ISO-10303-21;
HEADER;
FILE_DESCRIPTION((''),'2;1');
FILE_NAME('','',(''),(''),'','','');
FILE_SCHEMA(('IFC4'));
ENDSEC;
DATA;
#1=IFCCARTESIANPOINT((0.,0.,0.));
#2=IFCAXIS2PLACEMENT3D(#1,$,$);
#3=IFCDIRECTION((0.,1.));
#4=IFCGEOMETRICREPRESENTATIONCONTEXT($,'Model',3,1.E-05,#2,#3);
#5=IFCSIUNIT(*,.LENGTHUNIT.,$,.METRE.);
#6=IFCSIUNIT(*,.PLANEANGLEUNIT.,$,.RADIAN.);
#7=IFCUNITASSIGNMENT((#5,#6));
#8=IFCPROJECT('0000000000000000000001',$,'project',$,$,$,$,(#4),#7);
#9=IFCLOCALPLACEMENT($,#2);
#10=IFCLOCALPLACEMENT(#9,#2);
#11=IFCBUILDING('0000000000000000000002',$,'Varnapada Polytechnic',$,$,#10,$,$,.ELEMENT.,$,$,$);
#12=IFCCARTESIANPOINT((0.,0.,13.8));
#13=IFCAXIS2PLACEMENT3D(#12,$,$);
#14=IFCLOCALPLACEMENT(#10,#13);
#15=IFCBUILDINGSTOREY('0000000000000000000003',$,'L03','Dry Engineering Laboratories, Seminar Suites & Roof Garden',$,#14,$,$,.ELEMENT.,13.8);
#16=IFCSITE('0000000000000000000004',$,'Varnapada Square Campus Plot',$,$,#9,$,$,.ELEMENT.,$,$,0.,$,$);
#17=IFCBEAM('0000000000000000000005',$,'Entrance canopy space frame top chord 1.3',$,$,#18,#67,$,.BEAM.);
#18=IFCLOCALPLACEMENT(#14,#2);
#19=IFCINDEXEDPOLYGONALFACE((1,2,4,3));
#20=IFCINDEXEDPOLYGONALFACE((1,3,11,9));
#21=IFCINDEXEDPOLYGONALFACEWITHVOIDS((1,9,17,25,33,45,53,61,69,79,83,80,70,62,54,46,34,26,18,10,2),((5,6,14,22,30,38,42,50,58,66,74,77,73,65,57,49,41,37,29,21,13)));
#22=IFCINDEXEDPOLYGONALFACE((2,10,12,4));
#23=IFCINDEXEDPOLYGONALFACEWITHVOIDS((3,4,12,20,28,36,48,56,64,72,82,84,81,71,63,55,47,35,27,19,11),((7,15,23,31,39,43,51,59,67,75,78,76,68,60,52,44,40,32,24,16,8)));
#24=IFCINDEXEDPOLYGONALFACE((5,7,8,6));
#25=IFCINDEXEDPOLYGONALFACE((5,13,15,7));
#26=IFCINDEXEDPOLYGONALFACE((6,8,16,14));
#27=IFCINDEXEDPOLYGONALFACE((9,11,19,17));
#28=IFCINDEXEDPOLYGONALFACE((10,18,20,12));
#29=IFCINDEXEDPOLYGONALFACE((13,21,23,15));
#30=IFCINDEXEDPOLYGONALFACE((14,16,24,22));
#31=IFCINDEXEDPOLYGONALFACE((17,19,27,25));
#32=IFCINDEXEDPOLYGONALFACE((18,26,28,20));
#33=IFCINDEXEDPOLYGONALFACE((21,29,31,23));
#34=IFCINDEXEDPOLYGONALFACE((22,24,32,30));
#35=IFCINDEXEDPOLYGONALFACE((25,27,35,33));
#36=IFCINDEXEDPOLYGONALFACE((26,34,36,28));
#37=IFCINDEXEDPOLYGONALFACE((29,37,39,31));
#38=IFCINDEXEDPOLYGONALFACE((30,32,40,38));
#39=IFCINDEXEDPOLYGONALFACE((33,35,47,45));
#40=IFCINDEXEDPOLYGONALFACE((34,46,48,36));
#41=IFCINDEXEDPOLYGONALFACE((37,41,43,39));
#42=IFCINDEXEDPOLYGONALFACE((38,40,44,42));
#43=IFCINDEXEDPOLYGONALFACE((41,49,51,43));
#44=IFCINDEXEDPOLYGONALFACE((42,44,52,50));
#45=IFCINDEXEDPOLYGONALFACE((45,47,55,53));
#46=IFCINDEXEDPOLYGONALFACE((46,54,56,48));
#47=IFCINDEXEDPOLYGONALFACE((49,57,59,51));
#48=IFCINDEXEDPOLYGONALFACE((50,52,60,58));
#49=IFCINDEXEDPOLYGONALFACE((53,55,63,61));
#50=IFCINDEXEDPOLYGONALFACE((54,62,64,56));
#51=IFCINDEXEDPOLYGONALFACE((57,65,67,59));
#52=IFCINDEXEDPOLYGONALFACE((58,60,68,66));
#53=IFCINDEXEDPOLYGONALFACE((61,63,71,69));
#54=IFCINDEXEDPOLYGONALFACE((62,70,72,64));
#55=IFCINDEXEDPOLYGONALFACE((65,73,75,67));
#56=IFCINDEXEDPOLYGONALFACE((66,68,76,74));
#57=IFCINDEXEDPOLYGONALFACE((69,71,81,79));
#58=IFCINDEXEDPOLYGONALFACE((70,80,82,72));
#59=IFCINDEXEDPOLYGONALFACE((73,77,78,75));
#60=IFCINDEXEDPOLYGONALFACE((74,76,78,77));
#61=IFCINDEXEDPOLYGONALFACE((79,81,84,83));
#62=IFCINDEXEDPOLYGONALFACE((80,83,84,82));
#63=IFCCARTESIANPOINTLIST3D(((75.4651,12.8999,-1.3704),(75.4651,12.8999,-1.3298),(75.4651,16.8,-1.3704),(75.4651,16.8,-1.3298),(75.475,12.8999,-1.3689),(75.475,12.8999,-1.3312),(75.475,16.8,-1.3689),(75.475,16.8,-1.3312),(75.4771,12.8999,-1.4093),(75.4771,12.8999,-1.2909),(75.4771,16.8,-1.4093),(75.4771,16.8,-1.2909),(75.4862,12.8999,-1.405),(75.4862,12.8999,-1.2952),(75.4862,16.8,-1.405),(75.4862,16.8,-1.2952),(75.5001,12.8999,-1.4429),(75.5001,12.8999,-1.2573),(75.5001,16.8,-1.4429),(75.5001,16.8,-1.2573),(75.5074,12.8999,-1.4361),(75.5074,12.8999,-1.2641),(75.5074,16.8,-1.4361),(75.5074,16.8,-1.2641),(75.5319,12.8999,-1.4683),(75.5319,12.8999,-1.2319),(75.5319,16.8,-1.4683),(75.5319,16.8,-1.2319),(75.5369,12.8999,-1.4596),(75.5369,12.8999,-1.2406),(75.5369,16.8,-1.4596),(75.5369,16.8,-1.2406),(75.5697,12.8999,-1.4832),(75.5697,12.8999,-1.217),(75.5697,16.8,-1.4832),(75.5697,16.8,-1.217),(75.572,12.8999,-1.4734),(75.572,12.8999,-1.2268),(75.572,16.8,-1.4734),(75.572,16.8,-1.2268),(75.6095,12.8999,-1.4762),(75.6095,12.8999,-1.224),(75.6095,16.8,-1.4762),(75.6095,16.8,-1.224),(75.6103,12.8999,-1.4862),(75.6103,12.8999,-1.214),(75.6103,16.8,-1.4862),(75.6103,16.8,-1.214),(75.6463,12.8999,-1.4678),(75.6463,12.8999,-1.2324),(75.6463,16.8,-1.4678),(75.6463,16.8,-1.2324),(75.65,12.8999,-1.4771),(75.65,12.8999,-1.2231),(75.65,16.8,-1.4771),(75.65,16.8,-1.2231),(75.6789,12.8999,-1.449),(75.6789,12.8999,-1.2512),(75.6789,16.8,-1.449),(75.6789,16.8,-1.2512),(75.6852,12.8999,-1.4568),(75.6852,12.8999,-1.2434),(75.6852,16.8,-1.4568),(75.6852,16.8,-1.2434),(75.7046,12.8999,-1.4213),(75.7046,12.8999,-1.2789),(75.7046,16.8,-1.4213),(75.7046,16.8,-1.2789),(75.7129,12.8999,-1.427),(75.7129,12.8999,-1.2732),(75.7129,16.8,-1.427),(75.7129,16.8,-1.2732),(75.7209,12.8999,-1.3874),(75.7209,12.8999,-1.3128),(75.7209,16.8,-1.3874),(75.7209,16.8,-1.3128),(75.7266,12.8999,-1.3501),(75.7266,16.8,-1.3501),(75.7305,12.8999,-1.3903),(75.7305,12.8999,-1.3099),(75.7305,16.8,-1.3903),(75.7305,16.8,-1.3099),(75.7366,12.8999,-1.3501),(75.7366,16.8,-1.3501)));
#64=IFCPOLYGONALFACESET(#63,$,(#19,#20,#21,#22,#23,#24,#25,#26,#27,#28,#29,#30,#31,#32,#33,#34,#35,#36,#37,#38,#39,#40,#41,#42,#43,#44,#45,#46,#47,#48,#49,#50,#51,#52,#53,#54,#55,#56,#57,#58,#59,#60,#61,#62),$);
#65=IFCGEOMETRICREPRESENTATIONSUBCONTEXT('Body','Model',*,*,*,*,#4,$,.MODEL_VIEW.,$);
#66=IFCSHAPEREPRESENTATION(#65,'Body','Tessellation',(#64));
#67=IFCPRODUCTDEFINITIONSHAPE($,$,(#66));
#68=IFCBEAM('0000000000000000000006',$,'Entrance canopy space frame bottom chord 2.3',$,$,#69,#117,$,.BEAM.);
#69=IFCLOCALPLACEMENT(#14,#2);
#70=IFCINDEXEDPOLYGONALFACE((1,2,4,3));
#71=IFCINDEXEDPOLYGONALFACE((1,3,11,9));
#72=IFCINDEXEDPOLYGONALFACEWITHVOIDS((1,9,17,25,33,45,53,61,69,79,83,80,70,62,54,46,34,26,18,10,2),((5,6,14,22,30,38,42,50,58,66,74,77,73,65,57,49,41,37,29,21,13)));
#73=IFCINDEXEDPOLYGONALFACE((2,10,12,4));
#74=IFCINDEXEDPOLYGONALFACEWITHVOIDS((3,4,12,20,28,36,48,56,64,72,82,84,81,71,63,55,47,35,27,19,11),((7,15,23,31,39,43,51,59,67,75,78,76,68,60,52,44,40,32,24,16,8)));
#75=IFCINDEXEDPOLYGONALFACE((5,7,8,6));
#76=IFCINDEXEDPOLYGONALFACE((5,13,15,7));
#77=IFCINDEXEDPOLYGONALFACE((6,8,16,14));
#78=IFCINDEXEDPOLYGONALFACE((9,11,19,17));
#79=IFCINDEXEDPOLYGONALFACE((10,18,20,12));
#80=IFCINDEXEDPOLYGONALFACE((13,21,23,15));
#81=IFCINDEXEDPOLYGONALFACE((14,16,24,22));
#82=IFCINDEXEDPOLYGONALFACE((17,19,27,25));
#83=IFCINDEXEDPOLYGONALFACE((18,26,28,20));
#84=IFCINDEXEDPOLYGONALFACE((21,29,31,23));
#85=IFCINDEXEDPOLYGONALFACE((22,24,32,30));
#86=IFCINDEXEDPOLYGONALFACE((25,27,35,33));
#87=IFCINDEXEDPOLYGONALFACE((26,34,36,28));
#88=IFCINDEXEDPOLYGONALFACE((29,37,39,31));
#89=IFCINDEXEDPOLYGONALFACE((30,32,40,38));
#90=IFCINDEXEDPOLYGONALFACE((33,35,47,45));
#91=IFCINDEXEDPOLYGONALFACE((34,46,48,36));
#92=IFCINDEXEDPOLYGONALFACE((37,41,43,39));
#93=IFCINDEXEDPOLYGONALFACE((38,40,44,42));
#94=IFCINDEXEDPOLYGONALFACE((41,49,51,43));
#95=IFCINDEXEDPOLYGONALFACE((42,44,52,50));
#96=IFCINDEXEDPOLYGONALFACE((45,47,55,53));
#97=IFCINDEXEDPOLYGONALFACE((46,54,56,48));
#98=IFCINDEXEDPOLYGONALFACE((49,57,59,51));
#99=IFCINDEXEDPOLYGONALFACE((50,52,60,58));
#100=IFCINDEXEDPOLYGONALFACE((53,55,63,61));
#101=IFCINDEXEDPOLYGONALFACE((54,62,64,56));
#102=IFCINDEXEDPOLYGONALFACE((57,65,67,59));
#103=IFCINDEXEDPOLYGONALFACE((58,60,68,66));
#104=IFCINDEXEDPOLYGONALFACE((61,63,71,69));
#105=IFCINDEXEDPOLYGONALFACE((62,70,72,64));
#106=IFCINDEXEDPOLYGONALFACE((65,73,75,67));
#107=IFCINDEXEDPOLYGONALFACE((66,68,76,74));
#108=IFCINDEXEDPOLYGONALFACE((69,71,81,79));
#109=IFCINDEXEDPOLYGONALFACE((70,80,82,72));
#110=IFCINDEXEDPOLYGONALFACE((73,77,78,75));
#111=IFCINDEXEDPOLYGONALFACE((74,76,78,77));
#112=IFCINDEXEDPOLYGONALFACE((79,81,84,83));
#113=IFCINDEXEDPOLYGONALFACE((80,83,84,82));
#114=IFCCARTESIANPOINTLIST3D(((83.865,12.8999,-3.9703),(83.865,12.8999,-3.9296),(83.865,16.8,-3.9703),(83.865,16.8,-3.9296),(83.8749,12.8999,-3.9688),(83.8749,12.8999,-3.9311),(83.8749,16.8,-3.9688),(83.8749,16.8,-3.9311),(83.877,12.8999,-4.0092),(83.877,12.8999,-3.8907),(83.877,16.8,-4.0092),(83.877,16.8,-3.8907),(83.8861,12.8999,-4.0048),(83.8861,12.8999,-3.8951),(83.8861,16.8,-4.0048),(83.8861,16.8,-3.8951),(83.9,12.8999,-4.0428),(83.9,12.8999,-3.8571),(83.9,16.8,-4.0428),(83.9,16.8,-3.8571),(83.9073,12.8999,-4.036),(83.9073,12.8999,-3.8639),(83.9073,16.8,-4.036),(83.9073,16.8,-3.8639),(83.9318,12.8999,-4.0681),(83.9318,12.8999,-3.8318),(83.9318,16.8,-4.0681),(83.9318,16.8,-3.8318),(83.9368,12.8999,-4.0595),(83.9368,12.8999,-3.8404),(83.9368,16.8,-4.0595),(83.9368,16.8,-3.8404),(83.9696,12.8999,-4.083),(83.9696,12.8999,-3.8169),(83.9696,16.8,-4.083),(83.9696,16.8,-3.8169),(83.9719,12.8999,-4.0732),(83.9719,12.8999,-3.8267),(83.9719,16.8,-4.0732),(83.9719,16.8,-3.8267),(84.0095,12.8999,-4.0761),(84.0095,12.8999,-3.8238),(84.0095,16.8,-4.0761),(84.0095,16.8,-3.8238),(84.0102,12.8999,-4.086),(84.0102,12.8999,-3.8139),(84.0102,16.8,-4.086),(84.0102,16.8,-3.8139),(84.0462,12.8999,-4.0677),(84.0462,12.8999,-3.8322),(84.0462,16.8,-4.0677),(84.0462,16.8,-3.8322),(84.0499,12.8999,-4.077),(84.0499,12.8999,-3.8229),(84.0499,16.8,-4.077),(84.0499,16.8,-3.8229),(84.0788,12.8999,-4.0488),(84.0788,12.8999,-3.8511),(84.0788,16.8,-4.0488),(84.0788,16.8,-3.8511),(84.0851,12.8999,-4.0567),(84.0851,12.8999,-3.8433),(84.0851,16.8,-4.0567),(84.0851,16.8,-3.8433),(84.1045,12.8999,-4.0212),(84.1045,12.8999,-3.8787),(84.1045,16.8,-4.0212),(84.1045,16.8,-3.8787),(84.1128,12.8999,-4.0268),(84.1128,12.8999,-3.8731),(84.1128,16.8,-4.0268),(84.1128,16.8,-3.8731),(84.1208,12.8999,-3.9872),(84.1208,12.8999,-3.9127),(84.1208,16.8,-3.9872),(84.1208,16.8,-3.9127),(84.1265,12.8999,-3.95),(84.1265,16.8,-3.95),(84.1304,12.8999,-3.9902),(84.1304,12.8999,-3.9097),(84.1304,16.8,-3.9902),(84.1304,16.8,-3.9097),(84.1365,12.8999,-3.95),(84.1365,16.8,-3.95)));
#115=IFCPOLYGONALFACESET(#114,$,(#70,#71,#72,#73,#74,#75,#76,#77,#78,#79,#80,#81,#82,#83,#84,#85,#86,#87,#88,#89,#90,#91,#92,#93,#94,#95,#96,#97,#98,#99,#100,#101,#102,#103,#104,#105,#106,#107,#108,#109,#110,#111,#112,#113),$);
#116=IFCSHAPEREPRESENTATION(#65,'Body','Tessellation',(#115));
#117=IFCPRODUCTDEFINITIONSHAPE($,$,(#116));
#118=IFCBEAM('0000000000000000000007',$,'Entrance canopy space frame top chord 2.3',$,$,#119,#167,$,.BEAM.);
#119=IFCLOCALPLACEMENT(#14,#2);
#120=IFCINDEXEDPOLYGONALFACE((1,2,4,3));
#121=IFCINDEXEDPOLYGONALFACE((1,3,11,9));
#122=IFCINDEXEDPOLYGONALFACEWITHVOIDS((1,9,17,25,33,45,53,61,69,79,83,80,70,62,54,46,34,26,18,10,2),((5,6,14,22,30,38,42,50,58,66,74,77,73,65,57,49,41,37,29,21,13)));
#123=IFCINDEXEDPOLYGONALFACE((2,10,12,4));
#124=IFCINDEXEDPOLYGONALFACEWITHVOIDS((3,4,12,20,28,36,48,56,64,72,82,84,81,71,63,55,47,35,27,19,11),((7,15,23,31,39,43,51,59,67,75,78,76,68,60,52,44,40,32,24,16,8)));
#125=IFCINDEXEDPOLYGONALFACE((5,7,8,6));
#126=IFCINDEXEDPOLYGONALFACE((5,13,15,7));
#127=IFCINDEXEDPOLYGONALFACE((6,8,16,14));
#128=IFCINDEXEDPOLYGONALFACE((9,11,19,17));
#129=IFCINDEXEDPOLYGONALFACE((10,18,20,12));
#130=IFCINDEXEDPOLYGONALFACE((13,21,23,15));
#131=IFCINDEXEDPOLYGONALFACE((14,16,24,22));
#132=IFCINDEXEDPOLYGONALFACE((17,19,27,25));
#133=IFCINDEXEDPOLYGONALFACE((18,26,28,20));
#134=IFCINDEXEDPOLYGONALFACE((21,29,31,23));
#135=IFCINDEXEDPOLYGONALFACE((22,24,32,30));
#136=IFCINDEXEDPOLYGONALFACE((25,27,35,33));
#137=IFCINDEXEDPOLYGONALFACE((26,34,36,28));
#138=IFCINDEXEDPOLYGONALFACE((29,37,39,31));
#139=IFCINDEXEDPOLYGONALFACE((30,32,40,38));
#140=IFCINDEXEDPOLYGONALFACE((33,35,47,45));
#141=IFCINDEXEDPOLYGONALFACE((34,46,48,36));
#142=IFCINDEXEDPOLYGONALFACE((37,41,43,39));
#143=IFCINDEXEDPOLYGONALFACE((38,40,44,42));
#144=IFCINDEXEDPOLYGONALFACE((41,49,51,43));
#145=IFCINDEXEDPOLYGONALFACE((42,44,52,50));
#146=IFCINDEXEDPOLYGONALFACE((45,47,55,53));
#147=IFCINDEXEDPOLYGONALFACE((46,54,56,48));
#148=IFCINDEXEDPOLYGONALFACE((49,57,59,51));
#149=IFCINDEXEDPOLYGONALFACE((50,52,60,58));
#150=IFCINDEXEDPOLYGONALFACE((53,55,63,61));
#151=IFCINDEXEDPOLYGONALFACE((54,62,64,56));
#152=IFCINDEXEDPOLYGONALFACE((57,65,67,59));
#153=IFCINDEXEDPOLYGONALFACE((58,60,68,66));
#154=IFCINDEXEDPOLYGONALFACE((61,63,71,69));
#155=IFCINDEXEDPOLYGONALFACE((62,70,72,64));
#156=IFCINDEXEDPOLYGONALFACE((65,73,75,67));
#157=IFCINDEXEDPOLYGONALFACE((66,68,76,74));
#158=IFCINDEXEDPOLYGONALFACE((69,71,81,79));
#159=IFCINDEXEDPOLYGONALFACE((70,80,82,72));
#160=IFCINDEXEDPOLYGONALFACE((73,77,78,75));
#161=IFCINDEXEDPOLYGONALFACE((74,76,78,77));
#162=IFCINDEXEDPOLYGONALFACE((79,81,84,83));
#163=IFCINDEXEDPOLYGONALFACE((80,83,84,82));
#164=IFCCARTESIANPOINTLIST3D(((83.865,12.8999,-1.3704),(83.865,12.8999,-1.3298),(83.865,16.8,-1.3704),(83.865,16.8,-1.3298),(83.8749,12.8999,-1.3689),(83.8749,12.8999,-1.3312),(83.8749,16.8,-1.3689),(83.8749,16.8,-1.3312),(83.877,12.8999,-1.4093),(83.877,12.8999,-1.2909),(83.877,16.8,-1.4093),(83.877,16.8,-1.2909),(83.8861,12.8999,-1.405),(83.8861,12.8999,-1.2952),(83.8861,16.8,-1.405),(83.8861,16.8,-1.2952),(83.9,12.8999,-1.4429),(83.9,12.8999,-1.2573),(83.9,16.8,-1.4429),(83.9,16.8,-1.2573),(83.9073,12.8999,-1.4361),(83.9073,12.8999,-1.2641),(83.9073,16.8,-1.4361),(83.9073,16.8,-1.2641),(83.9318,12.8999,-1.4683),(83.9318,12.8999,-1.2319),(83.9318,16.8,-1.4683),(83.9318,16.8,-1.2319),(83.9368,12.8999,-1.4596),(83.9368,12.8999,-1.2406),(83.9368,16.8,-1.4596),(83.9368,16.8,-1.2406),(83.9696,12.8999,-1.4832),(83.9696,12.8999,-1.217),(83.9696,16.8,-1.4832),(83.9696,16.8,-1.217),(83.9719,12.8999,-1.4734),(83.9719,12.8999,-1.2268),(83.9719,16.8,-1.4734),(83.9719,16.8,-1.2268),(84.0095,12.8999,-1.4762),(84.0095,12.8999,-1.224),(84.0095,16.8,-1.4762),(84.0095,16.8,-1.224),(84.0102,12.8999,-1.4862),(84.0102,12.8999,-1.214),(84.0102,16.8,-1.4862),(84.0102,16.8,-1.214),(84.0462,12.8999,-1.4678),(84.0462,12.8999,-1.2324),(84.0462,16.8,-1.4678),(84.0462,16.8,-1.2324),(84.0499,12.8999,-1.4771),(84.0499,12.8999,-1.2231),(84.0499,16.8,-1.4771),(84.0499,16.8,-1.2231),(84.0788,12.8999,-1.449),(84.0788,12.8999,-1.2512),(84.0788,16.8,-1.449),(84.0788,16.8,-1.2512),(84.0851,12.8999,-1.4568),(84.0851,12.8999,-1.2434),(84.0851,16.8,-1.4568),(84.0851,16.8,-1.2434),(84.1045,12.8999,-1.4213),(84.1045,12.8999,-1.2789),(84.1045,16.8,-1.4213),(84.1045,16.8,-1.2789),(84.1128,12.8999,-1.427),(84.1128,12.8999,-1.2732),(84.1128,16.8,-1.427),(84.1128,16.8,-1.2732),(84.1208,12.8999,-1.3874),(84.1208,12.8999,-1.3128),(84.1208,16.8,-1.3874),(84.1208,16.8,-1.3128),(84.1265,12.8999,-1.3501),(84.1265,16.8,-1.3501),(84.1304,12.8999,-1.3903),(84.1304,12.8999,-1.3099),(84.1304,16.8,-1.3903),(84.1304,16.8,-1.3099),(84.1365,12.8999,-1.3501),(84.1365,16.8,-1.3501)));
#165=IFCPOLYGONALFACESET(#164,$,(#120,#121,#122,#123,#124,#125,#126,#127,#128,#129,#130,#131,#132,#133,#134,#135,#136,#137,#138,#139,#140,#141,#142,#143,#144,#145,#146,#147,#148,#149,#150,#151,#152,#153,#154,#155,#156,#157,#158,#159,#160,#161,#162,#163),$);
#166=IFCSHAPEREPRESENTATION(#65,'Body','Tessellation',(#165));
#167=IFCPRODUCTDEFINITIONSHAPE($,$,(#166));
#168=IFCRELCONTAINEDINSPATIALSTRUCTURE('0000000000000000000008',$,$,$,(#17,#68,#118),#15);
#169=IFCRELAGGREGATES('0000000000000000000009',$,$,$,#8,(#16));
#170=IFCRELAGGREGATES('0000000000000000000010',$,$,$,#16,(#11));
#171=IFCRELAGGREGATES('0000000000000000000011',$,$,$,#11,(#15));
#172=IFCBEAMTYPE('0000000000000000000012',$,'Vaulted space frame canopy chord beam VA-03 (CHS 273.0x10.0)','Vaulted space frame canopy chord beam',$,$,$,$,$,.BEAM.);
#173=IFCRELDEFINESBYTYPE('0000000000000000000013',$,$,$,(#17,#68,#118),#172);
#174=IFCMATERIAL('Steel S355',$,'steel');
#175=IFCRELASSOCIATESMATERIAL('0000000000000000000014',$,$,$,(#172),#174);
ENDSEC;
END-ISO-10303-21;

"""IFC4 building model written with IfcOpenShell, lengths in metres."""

from ifc_helpers import new_model, si_unit, direction, frame, origin, origin_2d, place, context, subcontext, project, spatial, hollow_circle, extrude, material, material_profile, profile_set, type_object, element, save


model = new_model("IFC4")

# Units and contexts
model_context = context("Model", 3, precision=1e-05, world=origin(), true_north=direction((0.0, 1.0)))
body_context = subcontext(model_context, "Body", "Model", "MODEL_VIEW")
ifc_project = project(units=[si_unit("LENGTHUNIT", "METRE"), si_unit("PLANEANGLEUNIT", "RADIAN")], contexts=[model_context])

# Site, building, storey
site_placement = place(None, origin())
site = spatial("IfcSite", under=ifc_project, at=site_placement, Name="Varnapada Square Campus Plot", CompositionType="ELEMENT", RefElevation=0.0)
building_placement = place(site_placement, origin())
building = spatial("IfcBuilding", under=site, at=building_placement, Name="Varnapada Polytechnic", CompositionType="ELEMENT")
storey_placement = place(building_placement, frame((0.0, 0.0, 13.8)))
storey = spatial("IfcBuildingStorey", under=building, at=storey_placement, Name="L03", Description="Dry Engineering Laboratories, Seminar Suites & Roof Garden", CompositionType="ELEMENT", Elevation=13.8)

# Shared definitions
ifc_material = material(Name="Steel S355", Category="steel")

# Beams
ifc_material_profile_1 = material_profile(ifc_material, hollow_circle(Radius=0.1365, WallThickness=0.01, at=origin_2d()), Name="CHS 273.0x10.0")
ifc_profile_set_1 = profile_set([ifc_material_profile_1], Name="Steel S355")
beam_type = type_object("IfcBeamType", Name="Vaulted space frame canopy chord beam VA-03 (CHS 273.0x10.0)", Description="Vaulted space frame canopy chord beam", PredefinedType="BEAM", material=ifc_profile_set_1)
for number, where, z_axis, x_axis, name in (
    (1, (75.6001, 16.8, -1.3501), (0.0, -1.0, 0.0), (1.0, 0.0, 0.0), "Entrance canopy space frame top chord 1.3"),
    (2, (84.0, 16.8, -3.95), (0.0, -1.0, 0.0), (1.0, 0.0, 0.0), "Entrance canopy space frame bottom chord 2.3"),
    (3, (84.0, 16.8, -1.3501), (0.0, -1.0, 0.0), (1.0, 0.0, 0.0), "Entrance canopy space frame top chord 2.3"),
):
    element("IfcBeam", number, at=place(storey_placement, frame(where, z_axis=z_axis, x_axis=x_axis)), inside=storey, type_object=beam_type, Name=name, PredefinedType="BEAM", context=body_context, shape_type="SweptSolid", body=[
        extrude(hollow_circle(Radius=0.1365, WallThickness=0.01, at=origin_2d()), origin(), (0.0, 0.0, 1.0), 3.9001),
    ])

save(model, "model.ifc")
